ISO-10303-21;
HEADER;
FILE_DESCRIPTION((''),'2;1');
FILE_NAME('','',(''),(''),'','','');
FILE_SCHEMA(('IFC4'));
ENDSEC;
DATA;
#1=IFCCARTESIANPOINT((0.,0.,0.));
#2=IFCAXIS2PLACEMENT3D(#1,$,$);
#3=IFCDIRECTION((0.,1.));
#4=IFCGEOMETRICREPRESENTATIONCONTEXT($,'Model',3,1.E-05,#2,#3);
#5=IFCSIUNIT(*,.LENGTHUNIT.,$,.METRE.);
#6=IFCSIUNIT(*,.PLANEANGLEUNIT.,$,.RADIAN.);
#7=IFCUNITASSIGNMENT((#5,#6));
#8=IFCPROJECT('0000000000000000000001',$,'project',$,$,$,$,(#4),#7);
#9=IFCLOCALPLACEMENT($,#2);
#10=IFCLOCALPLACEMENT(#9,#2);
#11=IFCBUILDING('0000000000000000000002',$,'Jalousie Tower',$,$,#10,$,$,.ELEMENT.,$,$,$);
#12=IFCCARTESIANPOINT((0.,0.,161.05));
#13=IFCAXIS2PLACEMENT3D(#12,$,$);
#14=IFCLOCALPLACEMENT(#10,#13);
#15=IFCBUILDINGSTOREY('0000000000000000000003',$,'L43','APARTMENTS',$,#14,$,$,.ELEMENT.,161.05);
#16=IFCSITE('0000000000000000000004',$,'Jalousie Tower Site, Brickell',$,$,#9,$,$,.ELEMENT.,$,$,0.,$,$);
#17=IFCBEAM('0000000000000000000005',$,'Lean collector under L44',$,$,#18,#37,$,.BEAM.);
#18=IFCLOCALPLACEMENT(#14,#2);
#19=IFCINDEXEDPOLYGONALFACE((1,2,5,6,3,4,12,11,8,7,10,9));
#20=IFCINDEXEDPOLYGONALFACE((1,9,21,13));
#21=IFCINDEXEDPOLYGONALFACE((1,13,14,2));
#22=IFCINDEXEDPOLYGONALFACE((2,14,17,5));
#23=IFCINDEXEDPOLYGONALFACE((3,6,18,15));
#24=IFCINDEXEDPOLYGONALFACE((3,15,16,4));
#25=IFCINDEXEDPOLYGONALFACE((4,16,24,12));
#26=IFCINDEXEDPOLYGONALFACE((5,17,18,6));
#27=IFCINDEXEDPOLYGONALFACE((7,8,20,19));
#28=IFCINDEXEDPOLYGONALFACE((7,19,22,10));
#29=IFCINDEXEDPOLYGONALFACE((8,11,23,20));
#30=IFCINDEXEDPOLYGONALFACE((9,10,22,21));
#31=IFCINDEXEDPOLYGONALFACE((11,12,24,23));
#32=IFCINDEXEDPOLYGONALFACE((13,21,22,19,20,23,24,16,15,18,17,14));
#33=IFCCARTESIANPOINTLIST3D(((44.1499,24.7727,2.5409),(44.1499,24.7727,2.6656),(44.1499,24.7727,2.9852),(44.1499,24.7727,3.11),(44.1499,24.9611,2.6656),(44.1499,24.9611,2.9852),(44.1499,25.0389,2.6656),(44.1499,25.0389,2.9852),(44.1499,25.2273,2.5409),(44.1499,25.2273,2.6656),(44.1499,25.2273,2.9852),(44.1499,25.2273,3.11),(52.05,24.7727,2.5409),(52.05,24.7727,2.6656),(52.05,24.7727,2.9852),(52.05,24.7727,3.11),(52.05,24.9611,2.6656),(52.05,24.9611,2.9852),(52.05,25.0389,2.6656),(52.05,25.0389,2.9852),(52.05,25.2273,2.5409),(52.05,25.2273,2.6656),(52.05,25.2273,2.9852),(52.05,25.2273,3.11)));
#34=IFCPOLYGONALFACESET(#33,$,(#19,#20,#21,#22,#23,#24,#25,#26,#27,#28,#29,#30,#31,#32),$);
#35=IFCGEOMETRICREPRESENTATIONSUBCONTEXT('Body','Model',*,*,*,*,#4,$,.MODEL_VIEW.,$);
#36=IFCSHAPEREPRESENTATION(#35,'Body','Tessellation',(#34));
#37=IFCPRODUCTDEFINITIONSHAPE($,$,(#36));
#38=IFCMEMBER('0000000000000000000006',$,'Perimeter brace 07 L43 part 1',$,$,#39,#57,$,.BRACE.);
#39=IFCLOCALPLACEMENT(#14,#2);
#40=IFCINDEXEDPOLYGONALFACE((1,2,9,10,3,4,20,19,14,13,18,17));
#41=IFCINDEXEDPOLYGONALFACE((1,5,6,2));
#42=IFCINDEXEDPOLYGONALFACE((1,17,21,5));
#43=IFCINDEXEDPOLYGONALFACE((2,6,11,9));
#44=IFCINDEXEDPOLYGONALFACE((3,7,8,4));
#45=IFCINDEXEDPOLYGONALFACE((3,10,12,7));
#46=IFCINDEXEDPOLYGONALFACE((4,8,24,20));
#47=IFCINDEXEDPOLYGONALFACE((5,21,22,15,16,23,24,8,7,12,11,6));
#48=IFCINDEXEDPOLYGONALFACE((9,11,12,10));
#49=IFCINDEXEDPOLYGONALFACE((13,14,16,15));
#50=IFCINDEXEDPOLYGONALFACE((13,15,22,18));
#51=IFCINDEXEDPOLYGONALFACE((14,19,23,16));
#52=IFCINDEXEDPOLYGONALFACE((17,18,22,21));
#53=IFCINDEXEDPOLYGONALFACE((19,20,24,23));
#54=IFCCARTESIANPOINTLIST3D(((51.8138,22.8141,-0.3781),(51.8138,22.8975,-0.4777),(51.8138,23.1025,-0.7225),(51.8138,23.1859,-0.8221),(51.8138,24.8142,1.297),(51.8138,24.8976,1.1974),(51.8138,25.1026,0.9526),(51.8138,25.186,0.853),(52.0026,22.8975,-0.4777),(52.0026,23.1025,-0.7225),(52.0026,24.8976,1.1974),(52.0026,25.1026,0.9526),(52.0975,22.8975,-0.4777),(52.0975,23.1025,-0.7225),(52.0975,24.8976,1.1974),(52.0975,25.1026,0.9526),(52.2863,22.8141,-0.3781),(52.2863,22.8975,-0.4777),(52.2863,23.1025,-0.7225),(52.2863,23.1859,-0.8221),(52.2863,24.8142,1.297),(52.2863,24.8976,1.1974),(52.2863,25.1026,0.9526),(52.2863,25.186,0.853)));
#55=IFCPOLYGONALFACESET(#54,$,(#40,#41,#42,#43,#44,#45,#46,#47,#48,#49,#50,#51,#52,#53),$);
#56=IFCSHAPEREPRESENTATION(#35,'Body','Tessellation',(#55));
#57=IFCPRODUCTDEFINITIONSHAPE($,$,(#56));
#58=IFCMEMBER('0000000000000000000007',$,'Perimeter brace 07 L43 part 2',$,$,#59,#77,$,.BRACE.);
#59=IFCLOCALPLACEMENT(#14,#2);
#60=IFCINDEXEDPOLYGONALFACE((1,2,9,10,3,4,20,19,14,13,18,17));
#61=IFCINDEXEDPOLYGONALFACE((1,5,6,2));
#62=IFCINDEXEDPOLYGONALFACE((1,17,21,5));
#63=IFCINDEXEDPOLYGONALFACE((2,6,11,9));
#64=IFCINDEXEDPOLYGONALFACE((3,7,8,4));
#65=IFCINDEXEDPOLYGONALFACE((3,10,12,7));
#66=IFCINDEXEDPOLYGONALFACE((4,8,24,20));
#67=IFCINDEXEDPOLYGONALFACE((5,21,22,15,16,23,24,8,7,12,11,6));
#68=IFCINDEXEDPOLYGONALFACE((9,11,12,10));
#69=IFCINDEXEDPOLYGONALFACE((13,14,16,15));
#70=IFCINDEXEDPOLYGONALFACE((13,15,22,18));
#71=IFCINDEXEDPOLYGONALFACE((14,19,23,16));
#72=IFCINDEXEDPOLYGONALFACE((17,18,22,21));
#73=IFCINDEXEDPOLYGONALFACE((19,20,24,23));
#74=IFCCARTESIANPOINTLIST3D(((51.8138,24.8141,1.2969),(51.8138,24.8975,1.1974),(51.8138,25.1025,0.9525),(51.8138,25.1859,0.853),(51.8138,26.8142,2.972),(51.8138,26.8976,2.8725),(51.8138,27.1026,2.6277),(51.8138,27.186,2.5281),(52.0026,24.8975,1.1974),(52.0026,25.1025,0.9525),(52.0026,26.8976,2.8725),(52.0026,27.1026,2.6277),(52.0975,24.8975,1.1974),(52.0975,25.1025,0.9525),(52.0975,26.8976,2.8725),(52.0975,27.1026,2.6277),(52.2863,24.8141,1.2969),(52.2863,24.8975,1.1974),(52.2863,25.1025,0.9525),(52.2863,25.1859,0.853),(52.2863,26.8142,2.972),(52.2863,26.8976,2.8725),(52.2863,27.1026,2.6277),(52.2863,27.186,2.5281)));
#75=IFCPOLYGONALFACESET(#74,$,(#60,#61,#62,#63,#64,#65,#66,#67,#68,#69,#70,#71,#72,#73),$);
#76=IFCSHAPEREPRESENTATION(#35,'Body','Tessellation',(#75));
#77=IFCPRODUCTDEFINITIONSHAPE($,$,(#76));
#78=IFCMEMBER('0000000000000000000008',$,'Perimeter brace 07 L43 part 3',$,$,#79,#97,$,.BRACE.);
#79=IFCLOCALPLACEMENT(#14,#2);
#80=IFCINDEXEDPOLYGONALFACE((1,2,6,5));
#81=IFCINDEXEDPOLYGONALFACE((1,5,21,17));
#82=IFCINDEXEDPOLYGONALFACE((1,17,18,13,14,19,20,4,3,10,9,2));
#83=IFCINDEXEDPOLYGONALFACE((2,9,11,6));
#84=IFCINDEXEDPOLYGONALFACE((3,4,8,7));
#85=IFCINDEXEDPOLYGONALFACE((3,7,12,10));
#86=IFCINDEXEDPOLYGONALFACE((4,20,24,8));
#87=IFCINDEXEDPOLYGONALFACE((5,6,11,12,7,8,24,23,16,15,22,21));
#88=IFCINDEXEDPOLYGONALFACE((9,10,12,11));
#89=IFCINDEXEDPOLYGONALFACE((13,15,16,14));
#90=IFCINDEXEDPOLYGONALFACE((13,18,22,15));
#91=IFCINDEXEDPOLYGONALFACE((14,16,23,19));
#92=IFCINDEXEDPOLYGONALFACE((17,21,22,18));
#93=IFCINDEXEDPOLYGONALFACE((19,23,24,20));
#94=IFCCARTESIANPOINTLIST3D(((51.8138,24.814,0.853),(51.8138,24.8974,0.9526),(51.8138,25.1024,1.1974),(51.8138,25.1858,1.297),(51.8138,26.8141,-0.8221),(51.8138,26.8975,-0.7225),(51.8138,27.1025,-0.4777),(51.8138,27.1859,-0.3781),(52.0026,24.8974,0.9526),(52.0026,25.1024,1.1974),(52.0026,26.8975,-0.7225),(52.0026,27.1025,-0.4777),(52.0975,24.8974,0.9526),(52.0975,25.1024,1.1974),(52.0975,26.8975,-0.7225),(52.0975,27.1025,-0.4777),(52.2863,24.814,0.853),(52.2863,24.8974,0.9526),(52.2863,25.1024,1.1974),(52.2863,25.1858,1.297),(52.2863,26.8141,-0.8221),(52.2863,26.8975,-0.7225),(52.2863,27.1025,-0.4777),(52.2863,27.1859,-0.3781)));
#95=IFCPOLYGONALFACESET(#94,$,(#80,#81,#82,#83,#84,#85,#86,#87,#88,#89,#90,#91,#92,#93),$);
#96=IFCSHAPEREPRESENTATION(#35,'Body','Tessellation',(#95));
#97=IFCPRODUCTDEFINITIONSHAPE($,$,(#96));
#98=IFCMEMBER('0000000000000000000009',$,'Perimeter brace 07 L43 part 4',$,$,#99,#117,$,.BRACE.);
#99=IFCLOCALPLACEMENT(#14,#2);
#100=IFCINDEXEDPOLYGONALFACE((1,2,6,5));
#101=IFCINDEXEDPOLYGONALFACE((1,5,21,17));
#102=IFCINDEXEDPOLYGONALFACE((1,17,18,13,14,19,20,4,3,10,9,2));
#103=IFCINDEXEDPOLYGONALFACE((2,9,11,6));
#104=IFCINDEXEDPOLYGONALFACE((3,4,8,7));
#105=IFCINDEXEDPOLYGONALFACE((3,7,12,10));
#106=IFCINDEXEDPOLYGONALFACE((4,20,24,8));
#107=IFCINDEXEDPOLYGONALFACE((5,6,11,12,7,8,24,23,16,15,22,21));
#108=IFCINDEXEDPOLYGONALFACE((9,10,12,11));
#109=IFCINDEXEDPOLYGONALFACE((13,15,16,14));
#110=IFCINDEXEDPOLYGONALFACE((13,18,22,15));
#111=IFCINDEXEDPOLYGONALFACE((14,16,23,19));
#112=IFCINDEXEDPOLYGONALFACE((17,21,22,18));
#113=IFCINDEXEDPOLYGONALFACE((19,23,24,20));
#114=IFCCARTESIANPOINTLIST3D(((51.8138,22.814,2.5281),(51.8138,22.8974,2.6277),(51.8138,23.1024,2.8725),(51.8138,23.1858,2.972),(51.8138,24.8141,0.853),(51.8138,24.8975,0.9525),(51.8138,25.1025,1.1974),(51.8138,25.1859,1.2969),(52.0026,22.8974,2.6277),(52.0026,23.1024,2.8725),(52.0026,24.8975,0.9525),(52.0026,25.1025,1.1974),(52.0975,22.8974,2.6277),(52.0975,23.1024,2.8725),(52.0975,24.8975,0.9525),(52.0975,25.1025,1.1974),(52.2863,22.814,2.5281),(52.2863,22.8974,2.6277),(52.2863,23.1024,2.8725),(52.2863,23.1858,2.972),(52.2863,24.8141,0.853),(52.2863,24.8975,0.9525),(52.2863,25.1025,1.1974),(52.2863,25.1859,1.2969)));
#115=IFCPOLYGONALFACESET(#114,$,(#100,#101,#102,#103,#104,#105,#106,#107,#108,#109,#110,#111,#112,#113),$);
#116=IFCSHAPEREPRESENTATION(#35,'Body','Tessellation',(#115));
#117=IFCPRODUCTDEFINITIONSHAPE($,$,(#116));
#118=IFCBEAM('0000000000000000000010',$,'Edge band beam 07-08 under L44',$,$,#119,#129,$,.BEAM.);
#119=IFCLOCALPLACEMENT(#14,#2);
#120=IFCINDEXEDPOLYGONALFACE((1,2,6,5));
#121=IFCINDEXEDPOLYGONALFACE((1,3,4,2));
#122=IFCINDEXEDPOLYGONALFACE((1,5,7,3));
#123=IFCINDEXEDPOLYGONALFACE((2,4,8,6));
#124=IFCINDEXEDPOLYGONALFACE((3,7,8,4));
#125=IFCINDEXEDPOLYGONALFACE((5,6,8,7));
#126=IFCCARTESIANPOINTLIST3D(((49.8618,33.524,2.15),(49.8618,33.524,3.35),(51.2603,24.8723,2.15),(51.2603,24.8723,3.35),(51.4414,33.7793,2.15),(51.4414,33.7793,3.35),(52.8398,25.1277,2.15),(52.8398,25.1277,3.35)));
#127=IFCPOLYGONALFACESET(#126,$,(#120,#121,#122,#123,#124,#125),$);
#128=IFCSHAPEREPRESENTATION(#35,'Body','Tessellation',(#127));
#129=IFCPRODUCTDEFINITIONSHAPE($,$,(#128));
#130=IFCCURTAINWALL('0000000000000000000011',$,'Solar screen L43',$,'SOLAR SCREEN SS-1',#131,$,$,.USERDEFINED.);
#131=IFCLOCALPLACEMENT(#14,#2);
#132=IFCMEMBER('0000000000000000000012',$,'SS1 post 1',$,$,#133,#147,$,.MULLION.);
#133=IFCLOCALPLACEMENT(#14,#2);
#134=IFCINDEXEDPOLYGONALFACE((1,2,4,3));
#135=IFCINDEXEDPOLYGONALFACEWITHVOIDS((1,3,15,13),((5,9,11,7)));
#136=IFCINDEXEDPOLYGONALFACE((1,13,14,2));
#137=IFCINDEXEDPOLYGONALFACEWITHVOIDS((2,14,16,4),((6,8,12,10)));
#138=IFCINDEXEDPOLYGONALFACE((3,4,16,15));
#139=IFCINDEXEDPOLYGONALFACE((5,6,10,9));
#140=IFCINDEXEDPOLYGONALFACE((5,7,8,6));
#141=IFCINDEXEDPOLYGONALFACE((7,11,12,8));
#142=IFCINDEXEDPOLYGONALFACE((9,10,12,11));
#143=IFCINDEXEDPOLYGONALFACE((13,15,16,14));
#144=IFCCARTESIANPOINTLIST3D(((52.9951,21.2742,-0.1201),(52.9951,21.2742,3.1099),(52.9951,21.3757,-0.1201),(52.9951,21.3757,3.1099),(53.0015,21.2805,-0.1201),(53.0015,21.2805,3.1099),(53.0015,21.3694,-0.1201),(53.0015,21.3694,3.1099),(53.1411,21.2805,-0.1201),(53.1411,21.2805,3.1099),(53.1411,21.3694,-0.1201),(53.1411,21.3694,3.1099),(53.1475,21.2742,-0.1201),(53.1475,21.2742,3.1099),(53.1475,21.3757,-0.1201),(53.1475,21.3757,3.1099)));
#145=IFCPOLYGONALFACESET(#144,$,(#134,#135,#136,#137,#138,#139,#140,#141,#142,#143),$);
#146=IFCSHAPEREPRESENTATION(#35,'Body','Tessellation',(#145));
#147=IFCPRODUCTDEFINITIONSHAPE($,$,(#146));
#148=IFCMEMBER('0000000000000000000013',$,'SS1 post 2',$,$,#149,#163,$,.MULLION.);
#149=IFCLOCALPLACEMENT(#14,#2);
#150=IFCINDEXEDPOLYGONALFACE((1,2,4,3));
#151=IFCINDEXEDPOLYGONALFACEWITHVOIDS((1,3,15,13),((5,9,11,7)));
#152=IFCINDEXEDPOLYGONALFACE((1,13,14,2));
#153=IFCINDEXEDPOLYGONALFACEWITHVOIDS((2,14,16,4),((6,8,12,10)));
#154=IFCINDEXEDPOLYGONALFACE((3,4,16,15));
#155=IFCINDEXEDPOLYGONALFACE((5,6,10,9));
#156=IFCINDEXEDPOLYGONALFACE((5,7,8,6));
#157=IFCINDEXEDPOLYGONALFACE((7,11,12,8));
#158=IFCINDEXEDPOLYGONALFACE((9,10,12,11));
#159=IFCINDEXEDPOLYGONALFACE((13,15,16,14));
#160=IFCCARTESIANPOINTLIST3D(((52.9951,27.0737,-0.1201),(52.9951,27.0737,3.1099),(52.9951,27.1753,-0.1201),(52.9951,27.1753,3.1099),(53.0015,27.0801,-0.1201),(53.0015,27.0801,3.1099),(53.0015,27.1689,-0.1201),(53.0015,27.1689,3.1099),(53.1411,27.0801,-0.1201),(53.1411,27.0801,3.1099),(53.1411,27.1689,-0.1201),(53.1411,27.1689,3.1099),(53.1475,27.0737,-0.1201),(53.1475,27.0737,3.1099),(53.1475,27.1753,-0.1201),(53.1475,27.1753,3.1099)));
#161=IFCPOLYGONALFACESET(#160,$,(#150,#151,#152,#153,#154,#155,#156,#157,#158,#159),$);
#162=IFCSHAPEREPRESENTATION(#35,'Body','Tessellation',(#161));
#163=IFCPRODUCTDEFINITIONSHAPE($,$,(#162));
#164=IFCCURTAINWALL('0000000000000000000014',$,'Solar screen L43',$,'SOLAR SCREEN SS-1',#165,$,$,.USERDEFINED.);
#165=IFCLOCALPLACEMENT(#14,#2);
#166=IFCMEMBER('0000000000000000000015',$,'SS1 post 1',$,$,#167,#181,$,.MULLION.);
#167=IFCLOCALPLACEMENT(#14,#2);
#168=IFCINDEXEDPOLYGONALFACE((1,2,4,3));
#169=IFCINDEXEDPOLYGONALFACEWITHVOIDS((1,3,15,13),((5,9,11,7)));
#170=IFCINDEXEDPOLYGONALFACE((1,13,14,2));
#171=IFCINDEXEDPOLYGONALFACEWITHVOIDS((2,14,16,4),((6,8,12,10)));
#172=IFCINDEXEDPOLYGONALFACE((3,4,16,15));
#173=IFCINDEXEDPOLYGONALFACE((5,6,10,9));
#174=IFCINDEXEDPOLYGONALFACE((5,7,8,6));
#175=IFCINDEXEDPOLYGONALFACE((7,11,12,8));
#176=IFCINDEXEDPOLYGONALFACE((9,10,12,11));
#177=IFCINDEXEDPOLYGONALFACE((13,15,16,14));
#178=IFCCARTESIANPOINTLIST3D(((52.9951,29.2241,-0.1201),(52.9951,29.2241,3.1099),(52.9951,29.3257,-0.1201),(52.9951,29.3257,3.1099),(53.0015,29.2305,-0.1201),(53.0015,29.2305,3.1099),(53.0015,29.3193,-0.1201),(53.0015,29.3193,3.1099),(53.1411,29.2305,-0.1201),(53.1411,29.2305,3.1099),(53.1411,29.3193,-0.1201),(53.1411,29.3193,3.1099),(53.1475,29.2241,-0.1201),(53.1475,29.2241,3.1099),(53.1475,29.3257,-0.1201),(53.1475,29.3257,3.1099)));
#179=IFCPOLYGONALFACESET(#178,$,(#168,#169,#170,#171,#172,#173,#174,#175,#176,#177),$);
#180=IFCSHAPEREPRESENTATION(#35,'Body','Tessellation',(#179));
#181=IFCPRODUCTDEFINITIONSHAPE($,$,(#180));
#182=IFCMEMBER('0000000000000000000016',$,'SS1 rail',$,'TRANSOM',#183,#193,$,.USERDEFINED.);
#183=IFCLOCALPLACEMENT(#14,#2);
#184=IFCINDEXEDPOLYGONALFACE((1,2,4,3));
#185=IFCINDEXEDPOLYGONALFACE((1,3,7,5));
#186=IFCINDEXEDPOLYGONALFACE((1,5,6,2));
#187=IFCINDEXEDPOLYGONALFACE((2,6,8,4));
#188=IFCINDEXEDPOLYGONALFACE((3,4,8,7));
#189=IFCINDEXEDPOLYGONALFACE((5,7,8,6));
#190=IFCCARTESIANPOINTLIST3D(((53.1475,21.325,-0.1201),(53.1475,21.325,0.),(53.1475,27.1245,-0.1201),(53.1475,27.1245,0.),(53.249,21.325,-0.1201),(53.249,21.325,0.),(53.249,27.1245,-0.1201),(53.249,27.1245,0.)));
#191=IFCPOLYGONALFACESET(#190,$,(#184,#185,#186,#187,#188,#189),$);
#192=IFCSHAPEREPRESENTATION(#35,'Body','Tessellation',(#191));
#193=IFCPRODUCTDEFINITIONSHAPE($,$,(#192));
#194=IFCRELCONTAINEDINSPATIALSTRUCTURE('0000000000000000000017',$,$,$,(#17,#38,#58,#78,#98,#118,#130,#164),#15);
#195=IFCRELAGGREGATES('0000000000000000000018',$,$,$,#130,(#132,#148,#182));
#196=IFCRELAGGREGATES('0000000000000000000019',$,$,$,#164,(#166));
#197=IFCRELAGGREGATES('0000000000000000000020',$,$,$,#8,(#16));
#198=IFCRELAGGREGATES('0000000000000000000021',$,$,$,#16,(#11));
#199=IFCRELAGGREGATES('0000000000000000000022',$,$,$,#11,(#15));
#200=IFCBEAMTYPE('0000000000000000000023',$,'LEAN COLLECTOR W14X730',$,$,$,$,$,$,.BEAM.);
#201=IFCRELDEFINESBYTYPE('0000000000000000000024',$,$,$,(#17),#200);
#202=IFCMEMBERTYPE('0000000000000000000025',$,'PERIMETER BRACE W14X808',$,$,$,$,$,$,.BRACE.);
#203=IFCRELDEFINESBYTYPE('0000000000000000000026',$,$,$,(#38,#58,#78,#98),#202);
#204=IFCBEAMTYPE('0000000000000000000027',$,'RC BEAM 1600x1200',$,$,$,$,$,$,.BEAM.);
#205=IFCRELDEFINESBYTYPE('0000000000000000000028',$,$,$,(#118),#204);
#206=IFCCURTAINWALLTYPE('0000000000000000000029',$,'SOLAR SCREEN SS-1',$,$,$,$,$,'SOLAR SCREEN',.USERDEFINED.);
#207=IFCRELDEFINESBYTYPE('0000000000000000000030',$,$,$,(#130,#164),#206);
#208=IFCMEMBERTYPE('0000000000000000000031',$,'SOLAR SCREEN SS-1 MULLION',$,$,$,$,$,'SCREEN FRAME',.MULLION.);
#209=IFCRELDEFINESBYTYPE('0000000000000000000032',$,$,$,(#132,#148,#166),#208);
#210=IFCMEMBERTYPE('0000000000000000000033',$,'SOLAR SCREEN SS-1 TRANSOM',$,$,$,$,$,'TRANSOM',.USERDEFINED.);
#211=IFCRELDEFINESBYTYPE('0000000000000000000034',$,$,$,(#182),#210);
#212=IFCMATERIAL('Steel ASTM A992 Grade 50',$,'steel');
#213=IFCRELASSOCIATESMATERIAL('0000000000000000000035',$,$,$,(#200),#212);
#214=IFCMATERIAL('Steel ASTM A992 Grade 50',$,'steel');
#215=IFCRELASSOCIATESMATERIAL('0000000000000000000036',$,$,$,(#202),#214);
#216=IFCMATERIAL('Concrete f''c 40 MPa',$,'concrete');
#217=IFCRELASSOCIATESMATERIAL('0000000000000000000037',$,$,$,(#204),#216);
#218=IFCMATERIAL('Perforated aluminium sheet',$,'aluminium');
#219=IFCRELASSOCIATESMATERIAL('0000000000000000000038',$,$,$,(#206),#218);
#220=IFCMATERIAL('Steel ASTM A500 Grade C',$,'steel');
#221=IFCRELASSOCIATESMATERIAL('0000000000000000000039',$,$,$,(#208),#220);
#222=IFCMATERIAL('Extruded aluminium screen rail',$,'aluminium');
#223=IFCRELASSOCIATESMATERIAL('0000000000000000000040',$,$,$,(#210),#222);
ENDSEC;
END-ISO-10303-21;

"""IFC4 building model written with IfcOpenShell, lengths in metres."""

from ifc_helpers import new_model, si_unit, direction, frame, origin, origin_2d, place, context, subcontext, project, spatial, rectangle, hollow_rectangle, i_section, extrude, material, material_profile, profile_set, type_object, element, aggregate, save


model = new_model("IFC4")

# Units and contexts
model_context = context("Model", 3, precision=1e-05, world=origin(), true_north=direction((0.0, 1.0)))
body_context = subcontext(model_context, "Body", "Model", "MODEL_VIEW")
ifc_project = project(units=[si_unit("LENGTHUNIT", "METRE"), si_unit("PLANEANGLEUNIT", "RADIAN")], contexts=[model_context])

# Site, building, storey
site_placement = place(None, origin())
site = spatial("IfcSite", under=ifc_project, at=site_placement, Name="Jalousie Tower Site, Brickell", CompositionType="ELEMENT", RefElevation=0.0)
building_placement = place(site_placement, origin())
building = spatial("IfcBuilding", under=site, at=building_placement, Name="Jalousie Tower", CompositionType="ELEMENT")
storey_placement = place(building_placement, frame((0.0, 0.0, 161.05)))
storey = spatial("IfcBuildingStorey", under=building, at=storey_placement, Name="L43", Description="APARTMENTS", CompositionType="ELEMENT", Elevation=161.05)

# Beam
ifc_material_1 = material(Name="Steel ASTM A992 Grade 50", Category="steel")
ifc_material_profile_1 = material_profile(ifc_material_1, i_section(OverallWidth=0.4546, OverallDepth=0.5691, WebThickness=0.0779, FlangeThickness=0.1248, at=origin_2d()), Name="W14X730")
ifc_profile_set_1 = profile_set([ifc_material_profile_1], Name="Steel ASTM A992 Grade 50")
beam_type_1 = type_object("IfcBeamType", Name="LEAN COLLECTOR W14X730", PredefinedType="BEAM", material=ifc_profile_set_1)
beam_1_placement = place(storey_placement, frame((52.05, 25.0, 2.8254), z_axis=(-1.0, 0.0, 0.0), x_axis=(0.0, -1.0, 0.0)))
element("IfcBeam", 1, at=beam_1_placement, inside=storey, type_object=beam_type_1, Name="Lean collector under L44", PredefinedType="BEAM", context=body_context, shape_type="SweptSolid", body=[
    extrude(i_section(OverallWidth=0.4546, OverallDepth=0.5691, WebThickness=0.0779, FlangeThickness=0.1248, at=origin_2d()), origin(), (0.0, 0.0, 1.0), 7.9001),
])

# Members
ifc_material_2 = material(Name="Steel ASTM A992 Grade 50", Category="steel")
ifc_material_profile_2 = material_profile(ifc_material_2, i_section(OverallWidth=0.4724, OverallDepth=0.5791, WebThickness=0.095, FlangeThickness=0.1299, at=origin_2d()), Name="W14X808")
ifc_profile_set_2 = profile_set([ifc_material_profile_2], Name="Steel ASTM A992 Grade 50")
member_type_1 = type_object("IfcMemberType", Name="PERIMETER BRACE W14X808", PredefinedType="BRACE", material=ifc_profile_set_2)
for number, where, z_axis, x_axis, name in (
    (2, (52.05, 23.0, -0.6001), (0.0, 0.766639, 0.642079), (-1.0, 0.0, 0.0), "Perimeter brace 07 L43 part 1"),
    (3, (52.05, 25.0, 1.075), (0.0, 0.766639, 0.642079), (-1.0, 0.0, 0.0), "Perimeter brace 07 L43 part 2"),
    (4, (52.05, 27.0, -0.6001), (0.0, -0.766639, 0.642079), (1.0, 0.0, 0.0), "Perimeter brace 07 L43 part 3"),
    (5, (52.05, 25.0, 1.075), (0.0, -0.766639, 0.642079), (1.0, 0.0, 0.0), "Perimeter brace 07 L43 part 4"),
):
    element("IfcMember", number, at=place(storey_placement, frame(where, z_axis=z_axis, x_axis=x_axis)), inside=storey, type_object=member_type_1, Name=name, PredefinedType="BRACE", context=body_context, shape_type="SweptSolid", body=[
        extrude(i_section(OverallWidth=0.4724, OverallDepth=0.5791, WebThickness=0.095, FlangeThickness=0.1299, at=origin_2d()), origin(), (0.0, 0.0, 1.0), 2.6089),
    ])

# Beam
ifc_material_3 = material(Name="Concrete f'c 40 MPa", Category="concrete")
ifc_material_profile_3 = material_profile(ifc_material_3, rectangle(XDim=1.6001, YDim=1.2, at=origin_2d()), Name="RC 1600x1200")
ifc_profile_set_3 = profile_set([ifc_material_profile_3], Name="Concrete f'c 40 MPa")
beam_type_2 = type_object("IfcBeamType", Name="RC BEAM 1600x1200", PredefinedType="BEAM", material=ifc_profile_set_3)
beam_2_placement = place(storey_placement, frame((52.05, 25.0, 2.75), z_axis=(-0.159568, 0.987187, 0.0), x_axis=(-0.987187, -0.159568, 0.0)))
element("IfcBeam", 6, at=beam_2_placement, inside=storey, type_object=beam_type_2, Name="Edge band beam 07-08 under L44", PredefinedType="BEAM", context=body_context, shape_type="SweptSolid", body=[
    extrude(rectangle(XDim=1.6001, YDim=1.2, at=origin_2d()), origin(), (0.0, 0.0, 1.0), 8.7639),
])

# Curtain wall, members
ifc_material_4 = material(Name="Perforated aluminium sheet", Category="aluminium")
curtain_wall_type = type_object("IfcCurtainWallType", Name="SOLAR SCREEN SS-1", ElementType="SOLAR SCREEN", PredefinedType="USERDEFINED", material=ifc_material_4)
curtain_wall_1_placement = place(storey_placement, origin())
curtain_wall_1 = element("IfcCurtainWall", 7, at=curtain_wall_1_placement, inside=storey, type_object=curtain_wall_type, Name="Solar screen L43", ObjectType="SOLAR SCREEN SS-1", PredefinedType="USERDEFINED")
ifc_material_5 = material(Name="Steel ASTM A500 Grade C", Category="steel")
ifc_material_profile_4 = material_profile(ifc_material_5, hollow_rectangle(XDim=0.1016, YDim=0.1523, WallThickness=0.0063, at=origin_2d()), Name="HSS6X4X1/4")
ifc_profile_set_4 = profile_set([ifc_material_profile_4], Name="Steel ASTM A500 Grade C")
member_type_2 = type_object("IfcMemberType", Name="SOLAR SCREEN SS-1 MULLION", ElementType="SCREEN FRAME", PredefinedType="MULLION", material=ifc_profile_set_4)
member_1_placement = place(storey_placement, frame((53.0713, 21.325, -0.1201), z_axis=(0.0, 0.0, 1.0), x_axis=(0.0, 1.0, 0.0)))
member_1 = element("IfcMember", 8, at=member_1_placement, type_object=member_type_2, Name="SS1 post 1", PredefinedType="MULLION", context=body_context, shape_type="SweptSolid", body=[
    extrude(hollow_rectangle(XDim=0.1016, YDim=0.1523, WallThickness=0.0063, at=origin_2d()), origin(), (0.0, 0.0, 1.0), 3.23),
])
member_2_placement = place(storey_placement, frame((53.0713, 27.1245, -0.1201), z_axis=(0.0, 0.0, 1.0), x_axis=(0.0, 1.0, 0.0)))
member_2 = element("IfcMember", 9, at=member_2_placement, type_object=member_type_2, Name="SS1 post 2", PredefinedType="MULLION", context=body_context, shape_type="SweptSolid", body=[
    extrude(hollow_rectangle(XDim=0.1016, YDim=0.1523, WallThickness=0.0063, at=origin_2d()), origin(), (0.0, 0.0, 1.0), 3.23),
])

# Curtain wall, member
curtain_wall_2_placement = place(storey_placement, origin())
curtain_wall_2 = element("IfcCurtainWall", 10, at=curtain_wall_2_placement, inside=storey, type_object=curtain_wall_type, Name="Solar screen L43", ObjectType="SOLAR SCREEN SS-1", PredefinedType="USERDEFINED")
member_3_placement = place(storey_placement, frame((53.0713, 29.2749, -0.1201), z_axis=(0.0, 0.0, 1.0), x_axis=(0.0, 1.0, 0.0)))
member_3 = element("IfcMember", 11, at=member_3_placement, type_object=member_type_2, Name="SS1 post 1", PredefinedType="MULLION", context=body_context, shape_type="SweptSolid", body=[
    extrude(hollow_rectangle(XDim=0.1016, YDim=0.1523, WallThickness=0.0063, at=origin_2d()), origin(), (0.0, 0.0, 1.0), 3.23),
])

# Member
ifc_material_6 = material(Name="Extruded aluminium screen rail", Category="aluminium")
ifc_material_profile_5 = material_profile(ifc_material_6, rectangle(XDim=0.1016, YDim=0.1201, at=origin_2d()), Name="RAIL 102x120")
ifc_profile_set_5 = profile_set([ifc_material_profile_5], Name="Extruded aluminium screen rail")
member_type_3 = type_object("IfcMemberType", Name="SOLAR SCREEN SS-1 TRANSOM", ElementType="TRANSOM", PredefinedType="USERDEFINED", material=ifc_profile_set_5)
member_4_placement = place(storey_placement, frame((53.1982, 21.325, -0.0601), z_axis=(0.0, 1.0, 0.0), x_axis=(-1.0, 0.0, 0.0)))
member_4 = element("IfcMember", 12, at=member_4_placement, type_object=member_type_3, Name="SS1 rail", ObjectType="TRANSOM", PredefinedType="USERDEFINED", context=body_context, shape_type="SweptSolid", body=[
    extrude(rectangle(XDim=0.1016, YDim=0.1201, at=origin_2d()), origin(), (0.0, 0.0, 1.0), 5.7996),
])

aggregate(curtain_wall_1, [member_1, member_2, member_4])
aggregate(curtain_wall_2, [member_3])

save(model, "model.ifc")
